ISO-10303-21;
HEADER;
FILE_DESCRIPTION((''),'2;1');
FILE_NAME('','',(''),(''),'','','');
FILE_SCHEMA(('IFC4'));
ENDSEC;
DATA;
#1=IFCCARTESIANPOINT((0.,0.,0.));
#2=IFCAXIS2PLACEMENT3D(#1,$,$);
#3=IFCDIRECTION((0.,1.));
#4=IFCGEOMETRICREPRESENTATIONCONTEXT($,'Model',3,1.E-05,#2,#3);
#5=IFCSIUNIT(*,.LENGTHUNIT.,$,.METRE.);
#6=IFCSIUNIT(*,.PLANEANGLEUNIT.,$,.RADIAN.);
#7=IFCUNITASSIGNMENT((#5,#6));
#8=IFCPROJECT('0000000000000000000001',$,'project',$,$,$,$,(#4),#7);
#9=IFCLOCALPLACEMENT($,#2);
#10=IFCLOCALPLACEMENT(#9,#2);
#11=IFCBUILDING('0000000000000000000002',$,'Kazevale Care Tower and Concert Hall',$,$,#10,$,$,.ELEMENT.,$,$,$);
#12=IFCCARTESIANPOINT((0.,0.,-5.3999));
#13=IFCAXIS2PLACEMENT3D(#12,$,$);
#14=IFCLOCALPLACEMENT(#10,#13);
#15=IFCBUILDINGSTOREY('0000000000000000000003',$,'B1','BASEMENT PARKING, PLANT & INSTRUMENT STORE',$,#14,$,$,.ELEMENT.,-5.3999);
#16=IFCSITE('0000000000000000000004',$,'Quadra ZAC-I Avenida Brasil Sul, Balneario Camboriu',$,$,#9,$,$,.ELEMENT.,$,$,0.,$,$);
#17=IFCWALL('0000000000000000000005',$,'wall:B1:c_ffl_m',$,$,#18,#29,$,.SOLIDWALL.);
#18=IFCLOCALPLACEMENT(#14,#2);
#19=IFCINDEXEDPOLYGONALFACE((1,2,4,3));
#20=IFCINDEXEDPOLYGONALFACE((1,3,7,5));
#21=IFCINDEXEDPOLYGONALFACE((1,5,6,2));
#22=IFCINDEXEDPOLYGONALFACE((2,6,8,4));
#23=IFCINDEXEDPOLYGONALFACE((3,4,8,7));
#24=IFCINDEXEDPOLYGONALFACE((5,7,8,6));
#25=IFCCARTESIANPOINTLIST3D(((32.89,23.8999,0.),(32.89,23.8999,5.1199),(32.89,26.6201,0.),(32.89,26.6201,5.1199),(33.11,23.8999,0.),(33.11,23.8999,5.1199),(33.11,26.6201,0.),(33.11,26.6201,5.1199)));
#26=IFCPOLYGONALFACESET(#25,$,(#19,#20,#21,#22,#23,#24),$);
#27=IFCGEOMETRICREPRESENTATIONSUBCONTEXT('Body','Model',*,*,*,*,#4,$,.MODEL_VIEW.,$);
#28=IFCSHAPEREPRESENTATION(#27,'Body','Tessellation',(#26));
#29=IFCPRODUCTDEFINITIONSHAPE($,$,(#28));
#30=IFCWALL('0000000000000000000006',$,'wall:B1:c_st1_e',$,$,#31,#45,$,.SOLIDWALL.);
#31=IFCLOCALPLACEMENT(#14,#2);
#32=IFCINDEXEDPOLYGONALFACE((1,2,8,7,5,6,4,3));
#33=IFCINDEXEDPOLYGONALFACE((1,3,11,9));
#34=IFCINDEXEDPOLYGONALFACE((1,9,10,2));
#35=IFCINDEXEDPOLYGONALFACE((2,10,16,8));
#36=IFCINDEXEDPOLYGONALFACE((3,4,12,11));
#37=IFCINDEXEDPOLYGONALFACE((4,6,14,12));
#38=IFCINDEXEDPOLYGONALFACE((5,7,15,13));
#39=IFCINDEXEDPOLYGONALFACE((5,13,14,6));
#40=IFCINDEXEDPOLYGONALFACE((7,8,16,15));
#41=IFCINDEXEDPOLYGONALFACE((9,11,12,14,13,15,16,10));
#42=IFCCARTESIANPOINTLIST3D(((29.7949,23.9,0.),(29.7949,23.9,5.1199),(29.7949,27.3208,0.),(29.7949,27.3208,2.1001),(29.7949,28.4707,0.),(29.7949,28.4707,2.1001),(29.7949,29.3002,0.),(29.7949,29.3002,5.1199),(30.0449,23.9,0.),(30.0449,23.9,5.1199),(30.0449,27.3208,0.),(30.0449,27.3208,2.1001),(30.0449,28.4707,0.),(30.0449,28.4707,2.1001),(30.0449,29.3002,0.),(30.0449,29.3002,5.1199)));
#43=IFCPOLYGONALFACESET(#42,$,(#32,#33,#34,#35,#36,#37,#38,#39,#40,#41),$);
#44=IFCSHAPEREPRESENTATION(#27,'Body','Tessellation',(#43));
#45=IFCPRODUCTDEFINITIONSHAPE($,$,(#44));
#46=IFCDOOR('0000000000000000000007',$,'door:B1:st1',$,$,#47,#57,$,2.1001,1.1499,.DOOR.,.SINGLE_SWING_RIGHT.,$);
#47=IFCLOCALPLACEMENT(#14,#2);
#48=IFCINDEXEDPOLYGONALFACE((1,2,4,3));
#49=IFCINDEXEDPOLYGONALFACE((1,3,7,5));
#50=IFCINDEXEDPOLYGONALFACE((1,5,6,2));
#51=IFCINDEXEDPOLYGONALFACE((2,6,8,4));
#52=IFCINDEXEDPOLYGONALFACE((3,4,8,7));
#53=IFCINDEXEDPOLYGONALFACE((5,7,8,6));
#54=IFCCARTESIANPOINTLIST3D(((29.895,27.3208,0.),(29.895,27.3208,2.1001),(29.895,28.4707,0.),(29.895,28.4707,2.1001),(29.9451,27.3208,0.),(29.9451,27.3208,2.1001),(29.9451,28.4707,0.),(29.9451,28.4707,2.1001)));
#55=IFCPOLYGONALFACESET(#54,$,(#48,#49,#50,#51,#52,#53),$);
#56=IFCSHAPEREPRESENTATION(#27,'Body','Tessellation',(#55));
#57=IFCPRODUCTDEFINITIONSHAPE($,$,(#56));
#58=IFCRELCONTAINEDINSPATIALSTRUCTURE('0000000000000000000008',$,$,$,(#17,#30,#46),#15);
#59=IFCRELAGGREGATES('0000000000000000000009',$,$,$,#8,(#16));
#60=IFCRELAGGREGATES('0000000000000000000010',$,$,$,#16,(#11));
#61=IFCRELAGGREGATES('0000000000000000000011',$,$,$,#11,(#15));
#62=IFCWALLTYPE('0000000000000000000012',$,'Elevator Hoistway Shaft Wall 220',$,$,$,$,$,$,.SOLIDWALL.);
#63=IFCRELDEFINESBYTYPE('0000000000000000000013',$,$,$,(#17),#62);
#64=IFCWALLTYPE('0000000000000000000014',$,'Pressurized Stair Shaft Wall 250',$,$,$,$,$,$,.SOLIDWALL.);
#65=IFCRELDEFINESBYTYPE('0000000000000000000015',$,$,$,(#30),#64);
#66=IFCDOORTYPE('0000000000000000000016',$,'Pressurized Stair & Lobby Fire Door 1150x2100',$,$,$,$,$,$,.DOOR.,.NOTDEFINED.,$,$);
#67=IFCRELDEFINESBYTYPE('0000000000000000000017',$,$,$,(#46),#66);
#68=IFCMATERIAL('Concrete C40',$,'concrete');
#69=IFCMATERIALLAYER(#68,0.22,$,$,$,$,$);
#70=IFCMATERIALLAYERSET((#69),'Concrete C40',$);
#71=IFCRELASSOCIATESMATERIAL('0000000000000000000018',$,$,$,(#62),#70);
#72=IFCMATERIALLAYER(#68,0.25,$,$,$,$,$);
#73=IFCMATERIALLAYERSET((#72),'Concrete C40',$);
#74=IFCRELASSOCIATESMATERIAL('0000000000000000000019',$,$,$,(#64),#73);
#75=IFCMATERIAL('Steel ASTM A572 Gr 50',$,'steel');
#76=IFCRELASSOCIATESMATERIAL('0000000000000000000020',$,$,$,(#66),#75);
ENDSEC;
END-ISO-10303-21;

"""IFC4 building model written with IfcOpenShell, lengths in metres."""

from ifc_helpers import new_model, si_unit, direction, frame, frame_2d, origin, place, context, subcontext, project, spatial, rectangle, extrude, material, layer, layer_set, type_object, element, fill, save


model = new_model("IFC4")

# Units and contexts
model_context = context("Model", 3, precision=1e-05, world=origin(), true_north=direction((0.0, 1.0)))
body_context = subcontext(model_context, "Body", "Model", "MODEL_VIEW")
ifc_project = project(units=[si_unit("LENGTHUNIT", "METRE"), si_unit("PLANEANGLEUNIT", "RADIAN")], contexts=[model_context])

# Site, building, storey
site_placement = place(None, origin())
site = spatial("IfcSite", under=ifc_project, at=site_placement, Name="Quadra ZAC-I Avenida Brasil Sul, Balneario Camboriu", CompositionType="ELEMENT", RefElevation=0.0)
building_placement = place(site_placement, origin())
building = spatial("IfcBuilding", under=site, at=building_placement, Name="Kazevale Care Tower and Concert Hall", CompositionType="ELEMENT")
storey_placement = place(building_placement, frame((0.0, 0.0, -5.3999)))
storey = spatial("IfcBuildingStorey", under=building, at=storey_placement, Name="B1", Description="BASEMENT PARKING, PLANT & INSTRUMENT STORE", CompositionType="ELEMENT", Elevation=-5.3999)

# Shared definitions
ifc_material_1 = material(Name="Steel ASTM A572 Gr 50", Category="steel")

# Wall
ifc_material_2 = material(Name="Concrete C40", Category="concrete")
ifc_layer_1 = layer(ifc_material_2, 0.22)
ifc_layer_set_1 = layer_set([ifc_layer_1], Name="Concrete C40")
wall_type_1 = type_object("IfcWallType", Name="Elevator Hoistway Shaft Wall 220", PredefinedType="SOLIDWALL", material=ifc_layer_set_1)
wall_1_placement = place(storey_placement, frame((33.0, 23.8999, 0.0), z_axis=(0.0, 0.0, 1.0), x_axis=(0.0, 1.0, 0.0)))
element("IfcWall", 1, at=wall_1_placement, inside=storey, type_object=wall_type_1, Name="wall:B1:c_ffl_m", PredefinedType="SOLIDWALL", context=body_context, shape_type="SweptSolid", body=[
    extrude(rectangle(XDim=2.7202, YDim=0.22, at=frame_2d((1.3601, 0.0))), origin(), (0.0, 0.0, 1.0), 5.1199),
])

# Wall, opening, door
ifc_layer_2 = layer(ifc_material_2, 0.25)
ifc_layer_set_2 = layer_set([ifc_layer_2], Name="Concrete C40")
wall_type_2 = type_object("IfcWallType", Name="Pressurized Stair Shaft Wall 250", PredefinedType="SOLIDWALL", material=ifc_layer_set_2)
wall_2_placement = place(storey_placement, frame((29.9199, 23.8999, 0.0), z_axis=(0.0, 0.0, 1.0), x_axis=(0.0, 1.0, 0.0)))
wall_2 = element("IfcWall", 2, at=wall_2_placement, inside=storey, type_object=wall_type_2, Name="wall:B1:c_st1_e", PredefinedType="SOLIDWALL", context=body_context, shape_type="SweptSolid", body=[
    extrude(rectangle(XDim=5.4001, YDim=0.25, at=frame_2d((2.7002, 0.0))), origin(), (0.0, 0.0, 1.0), 5.1199),
])
opening_placement = place(wall_2_placement, frame((3.4209, 0.0, 0.0)))
opening = element("IfcOpeningElement", 3, at=opening_placement, cuts=wall_2, PredefinedType="OPENING", context=body_context, shape_type="SweptSolid", body=[
    extrude(rectangle(XDim=1.1499, YDim=2.1001, at=frame_2d((0.575, 1.05))), frame((0.0, 0.135, 0.0), z_axis=(0.0, -1.0, 0.0), x_axis=(1.0, 0.0, 0.0)), (0.0, 0.0, 1.0), 0.27),
])
door_type = type_object("IfcDoorType", Name="Pressurized Stair & Lobby Fire Door 1150x2100", OperationType="NOTDEFINED", PredefinedType="DOOR", material=ifc_material_1)
door_placement = place(opening_placement, origin())
door = element("IfcDoor", 4, at=door_placement, inside=storey, type_object=door_type, Name="door:B1:st1", OperationType="SINGLE_SWING_RIGHT", OverallHeight=2.1001, OverallWidth=1.1499, PredefinedType="DOOR", context=body_context, shape_type="SweptSolid", body=[
    extrude(rectangle(XDim=1.1499, YDim=2.1001, at=frame_2d((0.575, 1.05))), frame((0.0, 0.0249, 0.0), z_axis=(0.0, -1.0, 0.0), x_axis=(1.0, 0.0, 0.0)), (0.0, 0.0, 1.0), 0.05),
])
fill(opening, door)

save(model, "model.ifc")
